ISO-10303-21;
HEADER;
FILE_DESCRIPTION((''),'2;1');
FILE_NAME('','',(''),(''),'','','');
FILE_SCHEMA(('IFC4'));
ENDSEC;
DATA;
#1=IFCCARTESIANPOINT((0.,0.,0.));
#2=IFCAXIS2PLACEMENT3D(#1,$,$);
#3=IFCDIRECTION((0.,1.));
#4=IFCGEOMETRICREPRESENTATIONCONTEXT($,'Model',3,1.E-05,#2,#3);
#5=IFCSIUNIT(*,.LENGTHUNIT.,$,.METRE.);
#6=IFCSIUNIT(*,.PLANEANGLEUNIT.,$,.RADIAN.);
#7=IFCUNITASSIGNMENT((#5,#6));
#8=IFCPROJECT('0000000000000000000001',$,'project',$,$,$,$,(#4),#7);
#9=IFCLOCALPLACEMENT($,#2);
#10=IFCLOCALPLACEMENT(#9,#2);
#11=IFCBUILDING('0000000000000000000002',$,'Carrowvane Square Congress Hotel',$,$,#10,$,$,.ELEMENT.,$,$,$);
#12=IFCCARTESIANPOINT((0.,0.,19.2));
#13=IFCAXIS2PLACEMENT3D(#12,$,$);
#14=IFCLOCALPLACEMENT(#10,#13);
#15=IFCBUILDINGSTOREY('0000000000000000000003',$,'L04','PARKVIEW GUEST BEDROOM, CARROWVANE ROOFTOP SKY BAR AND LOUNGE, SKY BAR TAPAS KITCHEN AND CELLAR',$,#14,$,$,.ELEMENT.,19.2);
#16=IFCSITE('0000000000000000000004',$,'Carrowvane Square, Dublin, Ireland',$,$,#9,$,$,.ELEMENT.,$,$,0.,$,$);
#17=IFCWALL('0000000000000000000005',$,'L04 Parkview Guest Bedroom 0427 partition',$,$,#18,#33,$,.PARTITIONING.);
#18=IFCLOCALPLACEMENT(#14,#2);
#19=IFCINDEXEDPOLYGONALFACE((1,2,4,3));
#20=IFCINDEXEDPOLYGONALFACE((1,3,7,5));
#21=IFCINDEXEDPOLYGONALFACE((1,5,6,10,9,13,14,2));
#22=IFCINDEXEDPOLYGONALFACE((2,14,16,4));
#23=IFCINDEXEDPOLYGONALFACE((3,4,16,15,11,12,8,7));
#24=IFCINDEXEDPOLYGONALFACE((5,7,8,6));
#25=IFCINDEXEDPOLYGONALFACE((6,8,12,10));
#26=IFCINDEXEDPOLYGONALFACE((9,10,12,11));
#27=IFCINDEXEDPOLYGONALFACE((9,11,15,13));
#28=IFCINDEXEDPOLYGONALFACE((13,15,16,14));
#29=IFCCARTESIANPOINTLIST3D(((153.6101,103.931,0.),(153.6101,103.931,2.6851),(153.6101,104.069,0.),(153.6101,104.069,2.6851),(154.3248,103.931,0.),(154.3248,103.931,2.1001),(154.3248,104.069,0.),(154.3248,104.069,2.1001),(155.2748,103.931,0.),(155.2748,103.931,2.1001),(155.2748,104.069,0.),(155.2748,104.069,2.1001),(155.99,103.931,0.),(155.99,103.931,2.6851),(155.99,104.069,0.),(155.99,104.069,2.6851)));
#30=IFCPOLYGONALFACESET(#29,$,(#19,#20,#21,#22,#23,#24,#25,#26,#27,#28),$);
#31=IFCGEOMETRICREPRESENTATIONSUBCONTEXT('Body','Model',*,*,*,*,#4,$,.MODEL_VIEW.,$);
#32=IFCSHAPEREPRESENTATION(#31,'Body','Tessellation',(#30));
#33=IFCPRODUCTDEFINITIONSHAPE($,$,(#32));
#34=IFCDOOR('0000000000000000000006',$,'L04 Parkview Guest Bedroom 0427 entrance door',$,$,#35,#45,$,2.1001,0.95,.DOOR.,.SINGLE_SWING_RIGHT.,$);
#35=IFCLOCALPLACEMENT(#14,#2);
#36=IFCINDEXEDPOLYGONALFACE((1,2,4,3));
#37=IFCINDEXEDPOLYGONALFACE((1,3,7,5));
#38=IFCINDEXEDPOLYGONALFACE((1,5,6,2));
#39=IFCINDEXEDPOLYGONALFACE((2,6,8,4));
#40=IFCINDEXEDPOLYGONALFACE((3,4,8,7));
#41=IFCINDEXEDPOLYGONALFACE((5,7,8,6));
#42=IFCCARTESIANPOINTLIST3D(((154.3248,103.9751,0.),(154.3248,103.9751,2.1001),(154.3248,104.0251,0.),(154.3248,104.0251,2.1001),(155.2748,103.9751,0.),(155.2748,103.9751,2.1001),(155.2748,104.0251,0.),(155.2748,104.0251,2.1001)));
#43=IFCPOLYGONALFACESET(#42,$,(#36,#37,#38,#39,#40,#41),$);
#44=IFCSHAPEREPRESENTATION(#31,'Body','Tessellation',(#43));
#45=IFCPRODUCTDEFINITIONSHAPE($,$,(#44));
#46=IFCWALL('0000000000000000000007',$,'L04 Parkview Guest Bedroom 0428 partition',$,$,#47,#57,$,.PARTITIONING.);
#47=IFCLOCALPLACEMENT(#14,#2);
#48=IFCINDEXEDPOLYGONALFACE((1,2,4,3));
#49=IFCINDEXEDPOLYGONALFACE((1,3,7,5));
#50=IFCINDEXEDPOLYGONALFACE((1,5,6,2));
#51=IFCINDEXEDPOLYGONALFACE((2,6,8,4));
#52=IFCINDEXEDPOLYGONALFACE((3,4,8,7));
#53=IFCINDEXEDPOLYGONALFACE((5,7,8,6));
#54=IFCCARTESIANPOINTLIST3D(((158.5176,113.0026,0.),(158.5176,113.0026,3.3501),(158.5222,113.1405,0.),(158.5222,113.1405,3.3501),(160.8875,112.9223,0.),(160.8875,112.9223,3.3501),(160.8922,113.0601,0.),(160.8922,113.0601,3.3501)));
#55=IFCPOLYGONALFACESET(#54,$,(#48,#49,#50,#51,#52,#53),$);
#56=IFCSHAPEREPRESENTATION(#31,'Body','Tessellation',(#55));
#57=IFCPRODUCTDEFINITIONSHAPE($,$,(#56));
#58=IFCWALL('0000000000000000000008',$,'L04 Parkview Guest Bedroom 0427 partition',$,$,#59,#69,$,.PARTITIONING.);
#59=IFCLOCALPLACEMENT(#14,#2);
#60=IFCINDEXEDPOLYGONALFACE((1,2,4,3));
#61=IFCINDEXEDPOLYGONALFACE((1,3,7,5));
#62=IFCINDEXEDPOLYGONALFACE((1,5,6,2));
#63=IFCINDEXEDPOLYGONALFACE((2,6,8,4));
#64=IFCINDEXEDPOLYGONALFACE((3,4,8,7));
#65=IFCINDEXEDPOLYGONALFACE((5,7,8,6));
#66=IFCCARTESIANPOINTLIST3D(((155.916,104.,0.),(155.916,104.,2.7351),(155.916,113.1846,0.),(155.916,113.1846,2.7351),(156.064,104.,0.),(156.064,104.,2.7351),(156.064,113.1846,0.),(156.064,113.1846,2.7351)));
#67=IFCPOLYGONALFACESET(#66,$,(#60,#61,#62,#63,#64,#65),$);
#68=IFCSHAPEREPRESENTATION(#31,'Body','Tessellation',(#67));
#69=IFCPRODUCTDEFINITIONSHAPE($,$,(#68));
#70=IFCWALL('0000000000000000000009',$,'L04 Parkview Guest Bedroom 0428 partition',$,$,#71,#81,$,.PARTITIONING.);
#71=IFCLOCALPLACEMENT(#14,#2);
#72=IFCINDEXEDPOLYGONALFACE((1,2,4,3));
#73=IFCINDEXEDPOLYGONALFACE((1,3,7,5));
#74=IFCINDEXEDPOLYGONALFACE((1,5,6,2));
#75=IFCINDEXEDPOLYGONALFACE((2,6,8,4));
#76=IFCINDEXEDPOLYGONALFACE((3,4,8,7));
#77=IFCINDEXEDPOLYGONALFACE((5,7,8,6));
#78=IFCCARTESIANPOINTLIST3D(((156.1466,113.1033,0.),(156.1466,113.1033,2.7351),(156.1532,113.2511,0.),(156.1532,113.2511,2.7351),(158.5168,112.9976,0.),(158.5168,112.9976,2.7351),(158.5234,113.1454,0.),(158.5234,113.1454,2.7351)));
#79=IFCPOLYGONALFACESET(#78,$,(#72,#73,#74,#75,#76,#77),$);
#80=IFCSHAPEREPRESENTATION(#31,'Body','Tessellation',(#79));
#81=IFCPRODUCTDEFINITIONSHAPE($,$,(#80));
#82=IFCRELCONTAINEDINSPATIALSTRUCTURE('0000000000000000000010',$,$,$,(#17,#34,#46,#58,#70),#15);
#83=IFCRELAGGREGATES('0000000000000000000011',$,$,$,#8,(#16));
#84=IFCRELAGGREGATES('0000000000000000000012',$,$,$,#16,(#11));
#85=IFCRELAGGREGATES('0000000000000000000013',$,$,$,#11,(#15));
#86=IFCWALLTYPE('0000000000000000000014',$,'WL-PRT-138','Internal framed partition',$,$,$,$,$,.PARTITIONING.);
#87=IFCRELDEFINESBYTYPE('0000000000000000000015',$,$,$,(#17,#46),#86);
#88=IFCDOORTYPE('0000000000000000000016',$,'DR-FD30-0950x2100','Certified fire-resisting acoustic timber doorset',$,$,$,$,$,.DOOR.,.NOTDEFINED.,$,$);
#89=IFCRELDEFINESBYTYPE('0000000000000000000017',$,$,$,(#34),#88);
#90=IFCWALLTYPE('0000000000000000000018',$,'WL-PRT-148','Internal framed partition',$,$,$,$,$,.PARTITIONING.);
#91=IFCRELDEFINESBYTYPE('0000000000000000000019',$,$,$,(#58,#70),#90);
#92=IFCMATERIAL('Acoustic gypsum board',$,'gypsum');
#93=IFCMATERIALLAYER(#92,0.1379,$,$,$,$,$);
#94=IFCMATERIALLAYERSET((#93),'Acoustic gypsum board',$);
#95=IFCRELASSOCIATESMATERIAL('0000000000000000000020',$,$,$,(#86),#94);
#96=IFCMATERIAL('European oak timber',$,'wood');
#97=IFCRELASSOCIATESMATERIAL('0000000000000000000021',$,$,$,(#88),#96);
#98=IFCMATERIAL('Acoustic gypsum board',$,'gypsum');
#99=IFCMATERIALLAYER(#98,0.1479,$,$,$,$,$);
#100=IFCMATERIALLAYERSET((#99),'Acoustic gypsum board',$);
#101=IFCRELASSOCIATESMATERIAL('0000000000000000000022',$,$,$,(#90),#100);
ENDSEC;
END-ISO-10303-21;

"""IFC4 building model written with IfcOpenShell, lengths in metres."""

from ifc_helpers import new_model, si_unit, direction, frame, frame_2d, origin, place, context, subcontext, project, spatial, rectangle, extrude, material, layer, layer_set, type_object, element, fill, save


model = new_model("IFC4")

# Units and contexts
model_context = context("Model", 3, precision=1e-05, world=origin(), true_north=direction((0.0, 1.0)))
body_context = subcontext(model_context, "Body", "Model", "MODEL_VIEW")
ifc_project = project(units=[si_unit("LENGTHUNIT", "METRE"), si_unit("PLANEANGLEUNIT", "RADIAN")], contexts=[model_context])

# Site, building, storey
site_placement = place(None, origin())
site = spatial("IfcSite", under=ifc_project, at=site_placement, Name="Carrowvane Square, Dublin, Ireland", CompositionType="ELEMENT", RefElevation=0.0)
building_placement = place(site_placement, origin())
building = spatial("IfcBuilding", under=site, at=building_placement, Name="Carrowvane Square Congress Hotel", CompositionType="ELEMENT")
storey_placement = place(building_placement, frame((0.0, 0.0, 19.2)))
storey = spatial("IfcBuildingStorey", under=building, at=storey_placement, Name="L04", Description="PARKVIEW GUEST BEDROOM, CARROWVANE ROOFTOP SKY BAR AND LOUNGE, SKY BAR TAPAS KITCHEN AND CELLAR", CompositionType="ELEMENT", Elevation=19.2)

# Wall, opening, door
ifc_material_1 = material(Name="Acoustic gypsum board", Category="gypsum")
ifc_layer_1 = layer(ifc_material_1, 0.1379)
ifc_layer_set_1 = layer_set([ifc_layer_1], Name="Acoustic gypsum board")
wall_type_1 = type_object("IfcWallType", Name="WL-PRT-138", Description="Internal framed partition", PredefinedType="PARTITIONING", material=ifc_layer_set_1)
wall_1_placement = place(storey_placement, frame((155.99, 104.0, 0.0), z_axis=(0.0, 0.0, 1.0), x_axis=(-1.0, 0.0, 0.0)))
wall_1 = element("IfcWall", 1, at=wall_1_placement, inside=storey, type_object=wall_type_1, Name="L04 Parkview Guest Bedroom 0427 partition", PredefinedType="PARTITIONING", context=body_context, shape_type="SweptSolid", body=[
    extrude(rectangle(XDim=2.3799, YDim=0.1379, at=frame_2d((1.1899, 0.0))), origin(), (0.0, 0.0, 1.0), 2.6851),
])
opening_1_placement = place(wall_1_placement, frame((0.7151, 0.0, 0.0)))
opening_1 = element("IfcOpeningElement", 2, at=opening_1_placement, cuts=wall_1, PredefinedType="OPENING", context=body_context, shape_type="SweptSolid", body=[
    extrude(rectangle(XDim=0.95, YDim=2.1001, at=frame_2d((0.4751, 1.05))), frame((0.0, 0.0789, 0.0), z_axis=(0.0, -1.0, 0.0), x_axis=(1.0, 0.0, 0.0)), (0.0, 0.0, 1.0), 0.158),
])
ifc_material_2 = material(Name="European oak timber", Category="wood")
door_type_1 = type_object("IfcDoorType", Name="DR-FD30-0950x2100", Description="Certified fire-resisting acoustic timber doorset", OperationType="NOTDEFINED", PredefinedType="DOOR", material=ifc_material_2)
door_1_placement = place(opening_1_placement, origin())
door_1 = element("IfcDoor", 3, at=door_1_placement, inside=storey, type_object=door_type_1, Name="L04 Parkview Guest Bedroom 0427 entrance door", OperationType="SINGLE_SWING_RIGHT", OverallHeight=2.1001, OverallWidth=0.95, PredefinedType="DOOR", context=body_context, shape_type="SweptSolid", body=[
    extrude(rectangle(XDim=0.95, YDim=2.1001, at=frame_2d((0.4751, 1.05))), frame((0.0, 0.0249, 0.0), z_axis=(0.0, -1.0, 0.0), x_axis=(1.0, 0.0, 0.0)), (0.0, 0.0, 1.0), 0.05),
])
fill(opening_1, door_1)

# Walls
wall_2_placement = place(storey_placement, frame((158.52, 113.0715, 0.0), z_axis=(0.0, 0.0, 1.0), x_axis=(0.999426, -0.033874, 0.0)))
element("IfcWall", 4, at=wall_2_placement, inside=storey, type_object=wall_type_1, Name="L04 Parkview Guest Bedroom 0428 partition", PredefinedType="PARTITIONING", context=body_context, shape_type="SweptSolid", body=[
    extrude(rectangle(XDim=2.3713, YDim=0.1379, at=frame_2d((1.1855, 0.0))), origin(), (0.0, 0.0, 1.0), 3.3501),
])
ifc_material_3 = material(Name="Acoustic gypsum board", Category="gypsum")
ifc_layer_2 = layer(ifc_material_3, 0.1479)
ifc_layer_set_2 = layer_set([ifc_layer_2], Name="Acoustic gypsum board")
wall_type_2 = type_object("IfcWallType", Name="WL-PRT-148", Description="Internal framed partition", PredefinedType="PARTITIONING", material=ifc_layer_set_2)
wall_3_placement = place(storey_placement, frame((155.99, 113.1846, 0.0), z_axis=(0.0, 0.0, 1.0), x_axis=(0.0, -1.0, 0.0)))
element("IfcWall", 5, at=wall_3_placement, inside=storey, type_object=wall_type_2, Name="L04 Parkview Guest Bedroom 0427 partition", PredefinedType="PARTITIONING", context=body_context, shape_type="SweptSolid", body=[
    extrude(rectangle(XDim=9.1846, YDim=0.1479, at=frame_2d((4.5923, 0.0))), origin(), (0.0, 0.0, 1.0), 2.7351),
])
wall_4_placement = place(storey_placement, frame((156.1499, 113.1772, 0.0), z_axis=(0.0, 0.0, 1.0), x_axis=(0.999007, -0.044558, 0.0)))
element("IfcWall", 6, at=wall_4_placement, inside=storey, type_object=wall_type_2, Name="L04 Parkview Guest Bedroom 0428 partition", PredefinedType="PARTITIONING", context=body_context, shape_type="SweptSolid", body=[
    extrude(rectangle(XDim=2.3726, YDim=0.1479, at=frame_2d((1.1863, 0.0))), origin(), (0.0, 0.0, 1.0), 2.7351),
])

save(model, "model.ifc")
